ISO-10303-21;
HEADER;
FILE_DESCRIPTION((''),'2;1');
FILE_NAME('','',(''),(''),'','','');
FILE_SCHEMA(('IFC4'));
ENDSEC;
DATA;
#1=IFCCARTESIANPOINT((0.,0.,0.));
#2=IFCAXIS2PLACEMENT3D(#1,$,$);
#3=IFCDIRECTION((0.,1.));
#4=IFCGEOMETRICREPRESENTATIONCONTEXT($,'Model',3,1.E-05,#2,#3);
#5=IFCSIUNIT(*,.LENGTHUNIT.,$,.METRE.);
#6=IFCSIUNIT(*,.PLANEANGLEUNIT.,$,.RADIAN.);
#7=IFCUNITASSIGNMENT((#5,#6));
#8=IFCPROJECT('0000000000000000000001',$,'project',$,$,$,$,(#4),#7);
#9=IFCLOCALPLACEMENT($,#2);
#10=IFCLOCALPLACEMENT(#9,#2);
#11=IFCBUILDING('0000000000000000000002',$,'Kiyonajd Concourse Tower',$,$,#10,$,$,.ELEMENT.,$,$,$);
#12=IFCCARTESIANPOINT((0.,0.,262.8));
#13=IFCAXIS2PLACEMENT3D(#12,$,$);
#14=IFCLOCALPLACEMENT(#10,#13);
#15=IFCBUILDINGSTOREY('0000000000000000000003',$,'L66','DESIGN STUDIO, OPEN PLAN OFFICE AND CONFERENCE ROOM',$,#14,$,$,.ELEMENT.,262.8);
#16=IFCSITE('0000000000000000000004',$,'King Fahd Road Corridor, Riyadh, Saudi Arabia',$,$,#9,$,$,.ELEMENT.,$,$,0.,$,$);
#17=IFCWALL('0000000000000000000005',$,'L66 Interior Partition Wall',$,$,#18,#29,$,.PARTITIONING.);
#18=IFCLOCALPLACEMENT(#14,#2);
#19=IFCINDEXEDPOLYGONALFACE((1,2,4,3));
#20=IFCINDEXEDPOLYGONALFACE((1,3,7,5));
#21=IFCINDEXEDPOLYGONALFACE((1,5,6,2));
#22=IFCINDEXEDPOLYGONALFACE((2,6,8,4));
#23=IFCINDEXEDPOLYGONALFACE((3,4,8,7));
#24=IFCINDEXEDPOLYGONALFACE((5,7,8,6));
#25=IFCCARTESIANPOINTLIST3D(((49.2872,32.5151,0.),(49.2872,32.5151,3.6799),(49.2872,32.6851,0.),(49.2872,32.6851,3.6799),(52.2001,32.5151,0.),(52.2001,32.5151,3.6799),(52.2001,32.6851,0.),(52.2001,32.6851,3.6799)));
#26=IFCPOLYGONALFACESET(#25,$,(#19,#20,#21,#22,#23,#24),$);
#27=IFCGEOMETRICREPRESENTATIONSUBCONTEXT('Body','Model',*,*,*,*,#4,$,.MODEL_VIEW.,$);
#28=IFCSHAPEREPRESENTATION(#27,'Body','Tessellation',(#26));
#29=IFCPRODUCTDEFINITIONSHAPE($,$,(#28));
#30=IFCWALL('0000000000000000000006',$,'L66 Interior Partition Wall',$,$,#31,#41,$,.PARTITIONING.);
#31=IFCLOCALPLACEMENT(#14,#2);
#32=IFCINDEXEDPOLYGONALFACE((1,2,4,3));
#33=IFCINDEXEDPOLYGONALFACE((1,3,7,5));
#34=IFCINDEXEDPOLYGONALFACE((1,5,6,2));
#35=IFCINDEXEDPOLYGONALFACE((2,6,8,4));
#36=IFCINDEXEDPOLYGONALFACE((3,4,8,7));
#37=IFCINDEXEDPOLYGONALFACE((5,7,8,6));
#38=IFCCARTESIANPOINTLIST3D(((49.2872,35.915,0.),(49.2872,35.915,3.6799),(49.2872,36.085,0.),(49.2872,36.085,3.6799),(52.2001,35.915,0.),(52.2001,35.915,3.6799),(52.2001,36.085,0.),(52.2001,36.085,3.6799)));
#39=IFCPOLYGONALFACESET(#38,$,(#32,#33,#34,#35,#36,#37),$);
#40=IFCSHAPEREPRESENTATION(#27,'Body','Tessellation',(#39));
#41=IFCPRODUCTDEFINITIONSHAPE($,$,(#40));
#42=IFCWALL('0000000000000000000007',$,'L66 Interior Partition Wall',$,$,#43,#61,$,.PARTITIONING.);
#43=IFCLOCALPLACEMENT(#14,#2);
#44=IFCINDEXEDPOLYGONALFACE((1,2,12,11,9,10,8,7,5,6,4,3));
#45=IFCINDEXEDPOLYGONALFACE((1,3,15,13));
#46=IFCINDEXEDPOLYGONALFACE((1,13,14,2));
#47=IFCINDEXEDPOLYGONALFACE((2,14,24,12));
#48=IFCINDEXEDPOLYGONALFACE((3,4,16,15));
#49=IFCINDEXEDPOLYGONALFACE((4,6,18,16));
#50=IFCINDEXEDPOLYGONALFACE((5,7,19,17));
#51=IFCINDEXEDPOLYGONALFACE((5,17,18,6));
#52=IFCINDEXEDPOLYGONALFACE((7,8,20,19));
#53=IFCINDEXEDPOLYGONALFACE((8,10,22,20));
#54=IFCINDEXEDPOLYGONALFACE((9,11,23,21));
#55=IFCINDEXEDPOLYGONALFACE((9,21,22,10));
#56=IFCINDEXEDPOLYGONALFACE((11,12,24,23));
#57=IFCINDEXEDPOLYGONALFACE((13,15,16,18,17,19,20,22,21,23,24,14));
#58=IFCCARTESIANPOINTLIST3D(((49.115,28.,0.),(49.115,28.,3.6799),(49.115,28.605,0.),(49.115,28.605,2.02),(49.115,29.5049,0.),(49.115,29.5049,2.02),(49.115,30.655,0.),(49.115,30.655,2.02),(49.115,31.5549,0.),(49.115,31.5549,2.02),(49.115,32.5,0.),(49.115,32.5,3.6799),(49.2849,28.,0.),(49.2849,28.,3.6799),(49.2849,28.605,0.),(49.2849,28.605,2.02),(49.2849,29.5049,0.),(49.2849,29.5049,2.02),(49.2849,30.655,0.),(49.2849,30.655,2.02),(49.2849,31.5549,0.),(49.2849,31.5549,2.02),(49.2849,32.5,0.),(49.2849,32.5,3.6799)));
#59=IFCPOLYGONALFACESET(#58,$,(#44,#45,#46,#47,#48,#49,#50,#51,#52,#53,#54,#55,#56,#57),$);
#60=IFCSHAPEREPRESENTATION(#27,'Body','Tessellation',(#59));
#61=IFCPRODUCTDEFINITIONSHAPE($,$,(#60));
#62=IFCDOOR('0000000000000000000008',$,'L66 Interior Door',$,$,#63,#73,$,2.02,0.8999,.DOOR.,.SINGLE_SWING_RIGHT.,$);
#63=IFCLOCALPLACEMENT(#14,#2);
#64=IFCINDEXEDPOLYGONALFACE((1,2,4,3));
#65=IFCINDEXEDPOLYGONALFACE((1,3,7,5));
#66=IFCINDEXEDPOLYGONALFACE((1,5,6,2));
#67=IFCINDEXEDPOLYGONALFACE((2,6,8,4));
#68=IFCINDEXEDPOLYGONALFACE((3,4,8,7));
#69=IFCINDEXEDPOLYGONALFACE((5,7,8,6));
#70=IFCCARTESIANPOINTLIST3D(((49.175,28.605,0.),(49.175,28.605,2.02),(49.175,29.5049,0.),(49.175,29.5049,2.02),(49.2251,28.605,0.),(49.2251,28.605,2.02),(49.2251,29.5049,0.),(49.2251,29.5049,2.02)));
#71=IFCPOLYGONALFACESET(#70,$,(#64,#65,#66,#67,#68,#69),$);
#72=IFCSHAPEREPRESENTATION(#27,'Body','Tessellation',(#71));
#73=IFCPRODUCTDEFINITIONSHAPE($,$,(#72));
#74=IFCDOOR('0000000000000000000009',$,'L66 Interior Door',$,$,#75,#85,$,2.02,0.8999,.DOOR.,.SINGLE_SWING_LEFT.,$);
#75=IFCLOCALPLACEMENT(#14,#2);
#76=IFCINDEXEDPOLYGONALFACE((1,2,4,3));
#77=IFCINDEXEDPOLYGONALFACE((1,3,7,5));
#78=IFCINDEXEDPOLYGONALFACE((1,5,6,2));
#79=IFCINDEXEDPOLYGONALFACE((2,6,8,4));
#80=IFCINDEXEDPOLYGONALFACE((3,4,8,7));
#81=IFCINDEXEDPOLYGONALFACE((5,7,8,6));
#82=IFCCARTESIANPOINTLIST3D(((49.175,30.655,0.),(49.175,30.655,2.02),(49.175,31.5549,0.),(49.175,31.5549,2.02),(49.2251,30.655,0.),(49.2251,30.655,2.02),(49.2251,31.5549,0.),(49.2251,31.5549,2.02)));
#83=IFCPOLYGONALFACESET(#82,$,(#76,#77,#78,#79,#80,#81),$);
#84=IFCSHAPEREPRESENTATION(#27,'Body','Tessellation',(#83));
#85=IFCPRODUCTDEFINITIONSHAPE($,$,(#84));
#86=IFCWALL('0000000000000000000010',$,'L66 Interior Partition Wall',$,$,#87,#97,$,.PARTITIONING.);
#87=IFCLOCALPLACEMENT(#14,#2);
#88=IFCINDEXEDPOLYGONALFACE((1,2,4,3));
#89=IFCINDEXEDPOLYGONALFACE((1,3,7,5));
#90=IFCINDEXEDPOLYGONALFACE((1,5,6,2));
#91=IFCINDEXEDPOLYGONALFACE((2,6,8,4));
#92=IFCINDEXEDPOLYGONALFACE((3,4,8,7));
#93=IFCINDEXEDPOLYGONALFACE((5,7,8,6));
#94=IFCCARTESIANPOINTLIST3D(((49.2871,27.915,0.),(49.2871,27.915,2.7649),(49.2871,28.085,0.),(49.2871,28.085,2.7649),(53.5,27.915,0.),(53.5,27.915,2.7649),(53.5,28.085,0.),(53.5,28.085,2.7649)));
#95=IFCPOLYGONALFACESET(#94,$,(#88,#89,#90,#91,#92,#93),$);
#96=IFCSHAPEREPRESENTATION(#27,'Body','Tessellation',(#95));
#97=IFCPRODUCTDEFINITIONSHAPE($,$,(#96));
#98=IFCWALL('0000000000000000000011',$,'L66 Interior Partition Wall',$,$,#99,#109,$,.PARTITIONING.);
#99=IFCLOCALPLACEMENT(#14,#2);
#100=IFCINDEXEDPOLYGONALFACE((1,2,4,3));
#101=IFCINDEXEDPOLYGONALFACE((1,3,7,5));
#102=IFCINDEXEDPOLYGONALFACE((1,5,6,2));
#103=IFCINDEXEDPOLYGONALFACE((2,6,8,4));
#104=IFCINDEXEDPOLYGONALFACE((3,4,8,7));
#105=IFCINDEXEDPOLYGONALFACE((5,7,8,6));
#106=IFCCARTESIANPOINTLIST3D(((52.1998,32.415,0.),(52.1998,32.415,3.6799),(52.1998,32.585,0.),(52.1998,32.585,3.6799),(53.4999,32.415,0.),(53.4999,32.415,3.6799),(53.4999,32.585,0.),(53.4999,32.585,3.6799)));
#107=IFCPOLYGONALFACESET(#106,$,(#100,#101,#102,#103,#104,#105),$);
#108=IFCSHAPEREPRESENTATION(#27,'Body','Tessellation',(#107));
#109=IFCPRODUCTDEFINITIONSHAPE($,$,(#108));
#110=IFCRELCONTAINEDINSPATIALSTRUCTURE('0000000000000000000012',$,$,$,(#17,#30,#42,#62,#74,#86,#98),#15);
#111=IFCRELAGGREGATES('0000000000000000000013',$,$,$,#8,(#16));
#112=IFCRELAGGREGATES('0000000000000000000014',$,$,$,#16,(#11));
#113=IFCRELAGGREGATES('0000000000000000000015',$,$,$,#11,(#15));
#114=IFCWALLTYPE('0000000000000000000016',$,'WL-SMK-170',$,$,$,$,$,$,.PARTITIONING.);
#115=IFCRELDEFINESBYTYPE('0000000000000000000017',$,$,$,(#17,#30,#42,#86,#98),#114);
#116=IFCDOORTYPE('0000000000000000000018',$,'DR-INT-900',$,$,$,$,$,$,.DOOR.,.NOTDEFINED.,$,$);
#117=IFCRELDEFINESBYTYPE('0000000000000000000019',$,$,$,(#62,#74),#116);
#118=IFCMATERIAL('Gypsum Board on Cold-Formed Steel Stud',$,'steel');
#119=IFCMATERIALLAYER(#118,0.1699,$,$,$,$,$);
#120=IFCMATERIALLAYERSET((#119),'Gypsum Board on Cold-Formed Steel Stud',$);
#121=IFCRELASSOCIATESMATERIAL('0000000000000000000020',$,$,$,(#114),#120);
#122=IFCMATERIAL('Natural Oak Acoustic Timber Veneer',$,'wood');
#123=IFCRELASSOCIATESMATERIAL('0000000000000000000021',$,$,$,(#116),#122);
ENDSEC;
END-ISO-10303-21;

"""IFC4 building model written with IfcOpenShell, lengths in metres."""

from ifc_helpers import new_model, si_unit, direction, frame, frame_2d, origin, place, context, subcontext, project, spatial, rectangle, extrude, material, layer, layer_set, type_object, element, fill, save


model = new_model("IFC4")

# Units and contexts
model_context = context("Model", 3, precision=1e-05, world=origin(), true_north=direction((0.0, 1.0)))
body_context = subcontext(model_context, "Body", "Model", "MODEL_VIEW")
ifc_project = project(units=[si_unit("LENGTHUNIT", "METRE"), si_unit("PLANEANGLEUNIT", "RADIAN")], contexts=[model_context])

# Site, building, storey
site_placement = place(None, origin())
site = spatial("IfcSite", under=ifc_project, at=site_placement, Name="King Fahd Road Corridor, Riyadh, Saudi Arabia", CompositionType="ELEMENT", RefElevation=0.0)
building_placement = place(site_placement, origin())
building = spatial("IfcBuilding", under=site, at=building_placement, Name="Kiyonajd Concourse Tower", CompositionType="ELEMENT")
storey_placement = place(building_placement, frame((0.0, 0.0, 262.8)))
storey = spatial("IfcBuildingStorey", under=building, at=storey_placement, Name="L66", Description="DESIGN STUDIO, OPEN PLAN OFFICE AND CONFERENCE ROOM", CompositionType="ELEMENT", Elevation=262.8)

# Shared definitions
ifc_material_1 = material(Name="Gypsum Board on Cold-Formed Steel Stud", Category="steel")

# Shared definitions
ifc_layer_1 = layer(ifc_material_1, 0.1699)
ifc_layer_set_1 = layer_set([ifc_layer_1], Name="Gypsum Board on Cold-Formed Steel Stud")
wall_type_1 = type_object("IfcWallType", Name="WL-SMK-170", PredefinedType="PARTITIONING", material=ifc_layer_set_1)
ifc_material_2 = material(Name="Natural Oak Acoustic Timber Veneer", Category="wood")
door_type_1 = type_object("IfcDoorType", Name="DR-INT-900", OperationType="NOTDEFINED", PredefinedType="DOOR", material=ifc_material_2)

# Walls
for number, where, z_axis, x_axis, name in (
    (1, (49.2871, 32.6001, 0.0), (0.0, 0.0, 1.0), (1.0, 0.0, 0.0), "L66 Interior Partition Wall"),
    (2, (49.2871, 36.0, 0.0), (0.0, 0.0, 1.0), (1.0, 0.0, 0.0), "L66 Interior Partition Wall"),
):
    element("IfcWall", number, at=place(storey_placement, frame(where, z_axis=z_axis, x_axis=x_axis)), inside=storey, type_object=wall_type_1, Name=name, PredefinedType="PARTITIONING", context=body_context, shape_type="SweptSolid", body=[
        extrude(rectangle(XDim=2.9128, YDim=0.1699, at=frame_2d((1.4565, 0.0))), origin(), (0.0, 0.0, 1.0), 3.6799),
    ])

# Wall, openings, doors
wall_1_placement = place(storey_placement, frame((49.2, 28.0, 0.0), z_axis=(0.0, 0.0, 1.0), x_axis=(0.0, 1.0, 0.0)))
wall_1 = element("IfcWall", 3, at=wall_1_placement, inside=storey, type_object=wall_type_1, Name="L66 Interior Partition Wall", PredefinedType="PARTITIONING", context=body_context, shape_type="SweptSolid", body=[
    extrude(rectangle(XDim=4.5, YDim=0.1699, at=frame_2d((2.25, 0.0))), origin(), (0.0, 0.0, 1.0), 3.6799),
])
opening_1_placement = place(wall_1_placement, frame((0.605, 0.0, 0.0)))
opening_1 = element("IfcOpeningElement", 4, at=opening_1_placement, cuts=wall_1, PredefinedType="OPENING", context=body_context, shape_type="SweptSolid", body=[
    extrude(rectangle(XDim=0.8999, YDim=2.02, at=frame_2d((0.45, 1.01))), frame((0.0, 0.095, 0.0), z_axis=(0.0, -1.0, 0.0), x_axis=(1.0, 0.0, 0.0)), (0.0, 0.0, 1.0), 0.1899),
])
opening_2_placement = place(wall_1_placement, frame((2.655, 0.0, 0.0)))
opening_2 = element("IfcOpeningElement", 5, at=opening_2_placement, cuts=wall_1, PredefinedType="OPENING", context=body_context, shape_type="SweptSolid", body=[
    extrude(rectangle(XDim=0.8999, YDim=2.02, at=frame_2d((0.45, 1.01))), frame((0.0, 0.095, 0.0), z_axis=(0.0, -1.0, 0.0), x_axis=(1.0, 0.0, 0.0)), (0.0, 0.0, 1.0), 0.1899),
])
door_1_placement = place(opening_1_placement, origin())
door_1 = element("IfcDoor", 6, at=door_1_placement, inside=storey, type_object=door_type_1, Name="L66 Interior Door", OperationType="SINGLE_SWING_RIGHT", OverallHeight=2.02, OverallWidth=0.8999, PredefinedType="DOOR", context=body_context, shape_type="SweptSolid", body=[
    extrude(rectangle(XDim=0.8999, YDim=2.02, at=frame_2d((0.45, 1.01))), frame((0.0, 0.0249, 0.0), z_axis=(0.0, -1.0, 0.0), x_axis=(1.0, 0.0, 0.0)), (0.0, 0.0, 1.0), 0.05),
])
fill(opening_1, door_1)
door_2_placement = place(opening_2_placement, origin())
door_2 = element("IfcDoor", 7, at=door_2_placement, inside=storey, type_object=door_type_1, Name="L66 Interior Door", OperationType="SINGLE_SWING_LEFT", OverallHeight=2.02, OverallWidth=0.8999, PredefinedType="DOOR", context=body_context, shape_type="SweptSolid", body=[
    extrude(rectangle(XDim=0.8999, YDim=2.02, at=frame_2d((0.45, 1.01))), frame((0.0, 0.0249, 0.0), z_axis=(0.0, -1.0, 0.0), x_axis=(1.0, 0.0, 0.0)), (0.0, 0.0, 1.0), 0.05),
])
fill(opening_2, door_2)

# Walls
wall_2_placement = place(storey_placement, frame((49.2871, 28.0, 0.0), z_axis=(0.0, 0.0, 1.0), x_axis=(1.0, 0.0, 0.0)))
element("IfcWall", 8, at=wall_2_placement, inside=storey, type_object=wall_type_1, Name="L66 Interior Partition Wall", PredefinedType="PARTITIONING", context=body_context, shape_type="SweptSolid", body=[
    extrude(rectangle(XDim=4.2129, YDim=0.1699, at=frame_2d((2.1064, 0.0))), origin(), (0.0, 0.0, 1.0), 2.7649),
])
wall_3_placement = place(storey_placement, frame((52.2, 32.5, 0.0), z_axis=(0.0, 0.0, 1.0), x_axis=(1.0, 0.0, 0.0)))
element("IfcWall", 9, at=wall_3_placement, inside=storey, type_object=wall_type_1, Name="L66 Interior Partition Wall", PredefinedType="PARTITIONING", context=body_context, shape_type="SweptSolid", body=[
    extrude(rectangle(XDim=1.3, YDim=0.1699, at=frame_2d((0.6499, 0.0))), origin(), (0.0, 0.0, 1.0), 3.6799),
])

save(model, "model.ifc")
